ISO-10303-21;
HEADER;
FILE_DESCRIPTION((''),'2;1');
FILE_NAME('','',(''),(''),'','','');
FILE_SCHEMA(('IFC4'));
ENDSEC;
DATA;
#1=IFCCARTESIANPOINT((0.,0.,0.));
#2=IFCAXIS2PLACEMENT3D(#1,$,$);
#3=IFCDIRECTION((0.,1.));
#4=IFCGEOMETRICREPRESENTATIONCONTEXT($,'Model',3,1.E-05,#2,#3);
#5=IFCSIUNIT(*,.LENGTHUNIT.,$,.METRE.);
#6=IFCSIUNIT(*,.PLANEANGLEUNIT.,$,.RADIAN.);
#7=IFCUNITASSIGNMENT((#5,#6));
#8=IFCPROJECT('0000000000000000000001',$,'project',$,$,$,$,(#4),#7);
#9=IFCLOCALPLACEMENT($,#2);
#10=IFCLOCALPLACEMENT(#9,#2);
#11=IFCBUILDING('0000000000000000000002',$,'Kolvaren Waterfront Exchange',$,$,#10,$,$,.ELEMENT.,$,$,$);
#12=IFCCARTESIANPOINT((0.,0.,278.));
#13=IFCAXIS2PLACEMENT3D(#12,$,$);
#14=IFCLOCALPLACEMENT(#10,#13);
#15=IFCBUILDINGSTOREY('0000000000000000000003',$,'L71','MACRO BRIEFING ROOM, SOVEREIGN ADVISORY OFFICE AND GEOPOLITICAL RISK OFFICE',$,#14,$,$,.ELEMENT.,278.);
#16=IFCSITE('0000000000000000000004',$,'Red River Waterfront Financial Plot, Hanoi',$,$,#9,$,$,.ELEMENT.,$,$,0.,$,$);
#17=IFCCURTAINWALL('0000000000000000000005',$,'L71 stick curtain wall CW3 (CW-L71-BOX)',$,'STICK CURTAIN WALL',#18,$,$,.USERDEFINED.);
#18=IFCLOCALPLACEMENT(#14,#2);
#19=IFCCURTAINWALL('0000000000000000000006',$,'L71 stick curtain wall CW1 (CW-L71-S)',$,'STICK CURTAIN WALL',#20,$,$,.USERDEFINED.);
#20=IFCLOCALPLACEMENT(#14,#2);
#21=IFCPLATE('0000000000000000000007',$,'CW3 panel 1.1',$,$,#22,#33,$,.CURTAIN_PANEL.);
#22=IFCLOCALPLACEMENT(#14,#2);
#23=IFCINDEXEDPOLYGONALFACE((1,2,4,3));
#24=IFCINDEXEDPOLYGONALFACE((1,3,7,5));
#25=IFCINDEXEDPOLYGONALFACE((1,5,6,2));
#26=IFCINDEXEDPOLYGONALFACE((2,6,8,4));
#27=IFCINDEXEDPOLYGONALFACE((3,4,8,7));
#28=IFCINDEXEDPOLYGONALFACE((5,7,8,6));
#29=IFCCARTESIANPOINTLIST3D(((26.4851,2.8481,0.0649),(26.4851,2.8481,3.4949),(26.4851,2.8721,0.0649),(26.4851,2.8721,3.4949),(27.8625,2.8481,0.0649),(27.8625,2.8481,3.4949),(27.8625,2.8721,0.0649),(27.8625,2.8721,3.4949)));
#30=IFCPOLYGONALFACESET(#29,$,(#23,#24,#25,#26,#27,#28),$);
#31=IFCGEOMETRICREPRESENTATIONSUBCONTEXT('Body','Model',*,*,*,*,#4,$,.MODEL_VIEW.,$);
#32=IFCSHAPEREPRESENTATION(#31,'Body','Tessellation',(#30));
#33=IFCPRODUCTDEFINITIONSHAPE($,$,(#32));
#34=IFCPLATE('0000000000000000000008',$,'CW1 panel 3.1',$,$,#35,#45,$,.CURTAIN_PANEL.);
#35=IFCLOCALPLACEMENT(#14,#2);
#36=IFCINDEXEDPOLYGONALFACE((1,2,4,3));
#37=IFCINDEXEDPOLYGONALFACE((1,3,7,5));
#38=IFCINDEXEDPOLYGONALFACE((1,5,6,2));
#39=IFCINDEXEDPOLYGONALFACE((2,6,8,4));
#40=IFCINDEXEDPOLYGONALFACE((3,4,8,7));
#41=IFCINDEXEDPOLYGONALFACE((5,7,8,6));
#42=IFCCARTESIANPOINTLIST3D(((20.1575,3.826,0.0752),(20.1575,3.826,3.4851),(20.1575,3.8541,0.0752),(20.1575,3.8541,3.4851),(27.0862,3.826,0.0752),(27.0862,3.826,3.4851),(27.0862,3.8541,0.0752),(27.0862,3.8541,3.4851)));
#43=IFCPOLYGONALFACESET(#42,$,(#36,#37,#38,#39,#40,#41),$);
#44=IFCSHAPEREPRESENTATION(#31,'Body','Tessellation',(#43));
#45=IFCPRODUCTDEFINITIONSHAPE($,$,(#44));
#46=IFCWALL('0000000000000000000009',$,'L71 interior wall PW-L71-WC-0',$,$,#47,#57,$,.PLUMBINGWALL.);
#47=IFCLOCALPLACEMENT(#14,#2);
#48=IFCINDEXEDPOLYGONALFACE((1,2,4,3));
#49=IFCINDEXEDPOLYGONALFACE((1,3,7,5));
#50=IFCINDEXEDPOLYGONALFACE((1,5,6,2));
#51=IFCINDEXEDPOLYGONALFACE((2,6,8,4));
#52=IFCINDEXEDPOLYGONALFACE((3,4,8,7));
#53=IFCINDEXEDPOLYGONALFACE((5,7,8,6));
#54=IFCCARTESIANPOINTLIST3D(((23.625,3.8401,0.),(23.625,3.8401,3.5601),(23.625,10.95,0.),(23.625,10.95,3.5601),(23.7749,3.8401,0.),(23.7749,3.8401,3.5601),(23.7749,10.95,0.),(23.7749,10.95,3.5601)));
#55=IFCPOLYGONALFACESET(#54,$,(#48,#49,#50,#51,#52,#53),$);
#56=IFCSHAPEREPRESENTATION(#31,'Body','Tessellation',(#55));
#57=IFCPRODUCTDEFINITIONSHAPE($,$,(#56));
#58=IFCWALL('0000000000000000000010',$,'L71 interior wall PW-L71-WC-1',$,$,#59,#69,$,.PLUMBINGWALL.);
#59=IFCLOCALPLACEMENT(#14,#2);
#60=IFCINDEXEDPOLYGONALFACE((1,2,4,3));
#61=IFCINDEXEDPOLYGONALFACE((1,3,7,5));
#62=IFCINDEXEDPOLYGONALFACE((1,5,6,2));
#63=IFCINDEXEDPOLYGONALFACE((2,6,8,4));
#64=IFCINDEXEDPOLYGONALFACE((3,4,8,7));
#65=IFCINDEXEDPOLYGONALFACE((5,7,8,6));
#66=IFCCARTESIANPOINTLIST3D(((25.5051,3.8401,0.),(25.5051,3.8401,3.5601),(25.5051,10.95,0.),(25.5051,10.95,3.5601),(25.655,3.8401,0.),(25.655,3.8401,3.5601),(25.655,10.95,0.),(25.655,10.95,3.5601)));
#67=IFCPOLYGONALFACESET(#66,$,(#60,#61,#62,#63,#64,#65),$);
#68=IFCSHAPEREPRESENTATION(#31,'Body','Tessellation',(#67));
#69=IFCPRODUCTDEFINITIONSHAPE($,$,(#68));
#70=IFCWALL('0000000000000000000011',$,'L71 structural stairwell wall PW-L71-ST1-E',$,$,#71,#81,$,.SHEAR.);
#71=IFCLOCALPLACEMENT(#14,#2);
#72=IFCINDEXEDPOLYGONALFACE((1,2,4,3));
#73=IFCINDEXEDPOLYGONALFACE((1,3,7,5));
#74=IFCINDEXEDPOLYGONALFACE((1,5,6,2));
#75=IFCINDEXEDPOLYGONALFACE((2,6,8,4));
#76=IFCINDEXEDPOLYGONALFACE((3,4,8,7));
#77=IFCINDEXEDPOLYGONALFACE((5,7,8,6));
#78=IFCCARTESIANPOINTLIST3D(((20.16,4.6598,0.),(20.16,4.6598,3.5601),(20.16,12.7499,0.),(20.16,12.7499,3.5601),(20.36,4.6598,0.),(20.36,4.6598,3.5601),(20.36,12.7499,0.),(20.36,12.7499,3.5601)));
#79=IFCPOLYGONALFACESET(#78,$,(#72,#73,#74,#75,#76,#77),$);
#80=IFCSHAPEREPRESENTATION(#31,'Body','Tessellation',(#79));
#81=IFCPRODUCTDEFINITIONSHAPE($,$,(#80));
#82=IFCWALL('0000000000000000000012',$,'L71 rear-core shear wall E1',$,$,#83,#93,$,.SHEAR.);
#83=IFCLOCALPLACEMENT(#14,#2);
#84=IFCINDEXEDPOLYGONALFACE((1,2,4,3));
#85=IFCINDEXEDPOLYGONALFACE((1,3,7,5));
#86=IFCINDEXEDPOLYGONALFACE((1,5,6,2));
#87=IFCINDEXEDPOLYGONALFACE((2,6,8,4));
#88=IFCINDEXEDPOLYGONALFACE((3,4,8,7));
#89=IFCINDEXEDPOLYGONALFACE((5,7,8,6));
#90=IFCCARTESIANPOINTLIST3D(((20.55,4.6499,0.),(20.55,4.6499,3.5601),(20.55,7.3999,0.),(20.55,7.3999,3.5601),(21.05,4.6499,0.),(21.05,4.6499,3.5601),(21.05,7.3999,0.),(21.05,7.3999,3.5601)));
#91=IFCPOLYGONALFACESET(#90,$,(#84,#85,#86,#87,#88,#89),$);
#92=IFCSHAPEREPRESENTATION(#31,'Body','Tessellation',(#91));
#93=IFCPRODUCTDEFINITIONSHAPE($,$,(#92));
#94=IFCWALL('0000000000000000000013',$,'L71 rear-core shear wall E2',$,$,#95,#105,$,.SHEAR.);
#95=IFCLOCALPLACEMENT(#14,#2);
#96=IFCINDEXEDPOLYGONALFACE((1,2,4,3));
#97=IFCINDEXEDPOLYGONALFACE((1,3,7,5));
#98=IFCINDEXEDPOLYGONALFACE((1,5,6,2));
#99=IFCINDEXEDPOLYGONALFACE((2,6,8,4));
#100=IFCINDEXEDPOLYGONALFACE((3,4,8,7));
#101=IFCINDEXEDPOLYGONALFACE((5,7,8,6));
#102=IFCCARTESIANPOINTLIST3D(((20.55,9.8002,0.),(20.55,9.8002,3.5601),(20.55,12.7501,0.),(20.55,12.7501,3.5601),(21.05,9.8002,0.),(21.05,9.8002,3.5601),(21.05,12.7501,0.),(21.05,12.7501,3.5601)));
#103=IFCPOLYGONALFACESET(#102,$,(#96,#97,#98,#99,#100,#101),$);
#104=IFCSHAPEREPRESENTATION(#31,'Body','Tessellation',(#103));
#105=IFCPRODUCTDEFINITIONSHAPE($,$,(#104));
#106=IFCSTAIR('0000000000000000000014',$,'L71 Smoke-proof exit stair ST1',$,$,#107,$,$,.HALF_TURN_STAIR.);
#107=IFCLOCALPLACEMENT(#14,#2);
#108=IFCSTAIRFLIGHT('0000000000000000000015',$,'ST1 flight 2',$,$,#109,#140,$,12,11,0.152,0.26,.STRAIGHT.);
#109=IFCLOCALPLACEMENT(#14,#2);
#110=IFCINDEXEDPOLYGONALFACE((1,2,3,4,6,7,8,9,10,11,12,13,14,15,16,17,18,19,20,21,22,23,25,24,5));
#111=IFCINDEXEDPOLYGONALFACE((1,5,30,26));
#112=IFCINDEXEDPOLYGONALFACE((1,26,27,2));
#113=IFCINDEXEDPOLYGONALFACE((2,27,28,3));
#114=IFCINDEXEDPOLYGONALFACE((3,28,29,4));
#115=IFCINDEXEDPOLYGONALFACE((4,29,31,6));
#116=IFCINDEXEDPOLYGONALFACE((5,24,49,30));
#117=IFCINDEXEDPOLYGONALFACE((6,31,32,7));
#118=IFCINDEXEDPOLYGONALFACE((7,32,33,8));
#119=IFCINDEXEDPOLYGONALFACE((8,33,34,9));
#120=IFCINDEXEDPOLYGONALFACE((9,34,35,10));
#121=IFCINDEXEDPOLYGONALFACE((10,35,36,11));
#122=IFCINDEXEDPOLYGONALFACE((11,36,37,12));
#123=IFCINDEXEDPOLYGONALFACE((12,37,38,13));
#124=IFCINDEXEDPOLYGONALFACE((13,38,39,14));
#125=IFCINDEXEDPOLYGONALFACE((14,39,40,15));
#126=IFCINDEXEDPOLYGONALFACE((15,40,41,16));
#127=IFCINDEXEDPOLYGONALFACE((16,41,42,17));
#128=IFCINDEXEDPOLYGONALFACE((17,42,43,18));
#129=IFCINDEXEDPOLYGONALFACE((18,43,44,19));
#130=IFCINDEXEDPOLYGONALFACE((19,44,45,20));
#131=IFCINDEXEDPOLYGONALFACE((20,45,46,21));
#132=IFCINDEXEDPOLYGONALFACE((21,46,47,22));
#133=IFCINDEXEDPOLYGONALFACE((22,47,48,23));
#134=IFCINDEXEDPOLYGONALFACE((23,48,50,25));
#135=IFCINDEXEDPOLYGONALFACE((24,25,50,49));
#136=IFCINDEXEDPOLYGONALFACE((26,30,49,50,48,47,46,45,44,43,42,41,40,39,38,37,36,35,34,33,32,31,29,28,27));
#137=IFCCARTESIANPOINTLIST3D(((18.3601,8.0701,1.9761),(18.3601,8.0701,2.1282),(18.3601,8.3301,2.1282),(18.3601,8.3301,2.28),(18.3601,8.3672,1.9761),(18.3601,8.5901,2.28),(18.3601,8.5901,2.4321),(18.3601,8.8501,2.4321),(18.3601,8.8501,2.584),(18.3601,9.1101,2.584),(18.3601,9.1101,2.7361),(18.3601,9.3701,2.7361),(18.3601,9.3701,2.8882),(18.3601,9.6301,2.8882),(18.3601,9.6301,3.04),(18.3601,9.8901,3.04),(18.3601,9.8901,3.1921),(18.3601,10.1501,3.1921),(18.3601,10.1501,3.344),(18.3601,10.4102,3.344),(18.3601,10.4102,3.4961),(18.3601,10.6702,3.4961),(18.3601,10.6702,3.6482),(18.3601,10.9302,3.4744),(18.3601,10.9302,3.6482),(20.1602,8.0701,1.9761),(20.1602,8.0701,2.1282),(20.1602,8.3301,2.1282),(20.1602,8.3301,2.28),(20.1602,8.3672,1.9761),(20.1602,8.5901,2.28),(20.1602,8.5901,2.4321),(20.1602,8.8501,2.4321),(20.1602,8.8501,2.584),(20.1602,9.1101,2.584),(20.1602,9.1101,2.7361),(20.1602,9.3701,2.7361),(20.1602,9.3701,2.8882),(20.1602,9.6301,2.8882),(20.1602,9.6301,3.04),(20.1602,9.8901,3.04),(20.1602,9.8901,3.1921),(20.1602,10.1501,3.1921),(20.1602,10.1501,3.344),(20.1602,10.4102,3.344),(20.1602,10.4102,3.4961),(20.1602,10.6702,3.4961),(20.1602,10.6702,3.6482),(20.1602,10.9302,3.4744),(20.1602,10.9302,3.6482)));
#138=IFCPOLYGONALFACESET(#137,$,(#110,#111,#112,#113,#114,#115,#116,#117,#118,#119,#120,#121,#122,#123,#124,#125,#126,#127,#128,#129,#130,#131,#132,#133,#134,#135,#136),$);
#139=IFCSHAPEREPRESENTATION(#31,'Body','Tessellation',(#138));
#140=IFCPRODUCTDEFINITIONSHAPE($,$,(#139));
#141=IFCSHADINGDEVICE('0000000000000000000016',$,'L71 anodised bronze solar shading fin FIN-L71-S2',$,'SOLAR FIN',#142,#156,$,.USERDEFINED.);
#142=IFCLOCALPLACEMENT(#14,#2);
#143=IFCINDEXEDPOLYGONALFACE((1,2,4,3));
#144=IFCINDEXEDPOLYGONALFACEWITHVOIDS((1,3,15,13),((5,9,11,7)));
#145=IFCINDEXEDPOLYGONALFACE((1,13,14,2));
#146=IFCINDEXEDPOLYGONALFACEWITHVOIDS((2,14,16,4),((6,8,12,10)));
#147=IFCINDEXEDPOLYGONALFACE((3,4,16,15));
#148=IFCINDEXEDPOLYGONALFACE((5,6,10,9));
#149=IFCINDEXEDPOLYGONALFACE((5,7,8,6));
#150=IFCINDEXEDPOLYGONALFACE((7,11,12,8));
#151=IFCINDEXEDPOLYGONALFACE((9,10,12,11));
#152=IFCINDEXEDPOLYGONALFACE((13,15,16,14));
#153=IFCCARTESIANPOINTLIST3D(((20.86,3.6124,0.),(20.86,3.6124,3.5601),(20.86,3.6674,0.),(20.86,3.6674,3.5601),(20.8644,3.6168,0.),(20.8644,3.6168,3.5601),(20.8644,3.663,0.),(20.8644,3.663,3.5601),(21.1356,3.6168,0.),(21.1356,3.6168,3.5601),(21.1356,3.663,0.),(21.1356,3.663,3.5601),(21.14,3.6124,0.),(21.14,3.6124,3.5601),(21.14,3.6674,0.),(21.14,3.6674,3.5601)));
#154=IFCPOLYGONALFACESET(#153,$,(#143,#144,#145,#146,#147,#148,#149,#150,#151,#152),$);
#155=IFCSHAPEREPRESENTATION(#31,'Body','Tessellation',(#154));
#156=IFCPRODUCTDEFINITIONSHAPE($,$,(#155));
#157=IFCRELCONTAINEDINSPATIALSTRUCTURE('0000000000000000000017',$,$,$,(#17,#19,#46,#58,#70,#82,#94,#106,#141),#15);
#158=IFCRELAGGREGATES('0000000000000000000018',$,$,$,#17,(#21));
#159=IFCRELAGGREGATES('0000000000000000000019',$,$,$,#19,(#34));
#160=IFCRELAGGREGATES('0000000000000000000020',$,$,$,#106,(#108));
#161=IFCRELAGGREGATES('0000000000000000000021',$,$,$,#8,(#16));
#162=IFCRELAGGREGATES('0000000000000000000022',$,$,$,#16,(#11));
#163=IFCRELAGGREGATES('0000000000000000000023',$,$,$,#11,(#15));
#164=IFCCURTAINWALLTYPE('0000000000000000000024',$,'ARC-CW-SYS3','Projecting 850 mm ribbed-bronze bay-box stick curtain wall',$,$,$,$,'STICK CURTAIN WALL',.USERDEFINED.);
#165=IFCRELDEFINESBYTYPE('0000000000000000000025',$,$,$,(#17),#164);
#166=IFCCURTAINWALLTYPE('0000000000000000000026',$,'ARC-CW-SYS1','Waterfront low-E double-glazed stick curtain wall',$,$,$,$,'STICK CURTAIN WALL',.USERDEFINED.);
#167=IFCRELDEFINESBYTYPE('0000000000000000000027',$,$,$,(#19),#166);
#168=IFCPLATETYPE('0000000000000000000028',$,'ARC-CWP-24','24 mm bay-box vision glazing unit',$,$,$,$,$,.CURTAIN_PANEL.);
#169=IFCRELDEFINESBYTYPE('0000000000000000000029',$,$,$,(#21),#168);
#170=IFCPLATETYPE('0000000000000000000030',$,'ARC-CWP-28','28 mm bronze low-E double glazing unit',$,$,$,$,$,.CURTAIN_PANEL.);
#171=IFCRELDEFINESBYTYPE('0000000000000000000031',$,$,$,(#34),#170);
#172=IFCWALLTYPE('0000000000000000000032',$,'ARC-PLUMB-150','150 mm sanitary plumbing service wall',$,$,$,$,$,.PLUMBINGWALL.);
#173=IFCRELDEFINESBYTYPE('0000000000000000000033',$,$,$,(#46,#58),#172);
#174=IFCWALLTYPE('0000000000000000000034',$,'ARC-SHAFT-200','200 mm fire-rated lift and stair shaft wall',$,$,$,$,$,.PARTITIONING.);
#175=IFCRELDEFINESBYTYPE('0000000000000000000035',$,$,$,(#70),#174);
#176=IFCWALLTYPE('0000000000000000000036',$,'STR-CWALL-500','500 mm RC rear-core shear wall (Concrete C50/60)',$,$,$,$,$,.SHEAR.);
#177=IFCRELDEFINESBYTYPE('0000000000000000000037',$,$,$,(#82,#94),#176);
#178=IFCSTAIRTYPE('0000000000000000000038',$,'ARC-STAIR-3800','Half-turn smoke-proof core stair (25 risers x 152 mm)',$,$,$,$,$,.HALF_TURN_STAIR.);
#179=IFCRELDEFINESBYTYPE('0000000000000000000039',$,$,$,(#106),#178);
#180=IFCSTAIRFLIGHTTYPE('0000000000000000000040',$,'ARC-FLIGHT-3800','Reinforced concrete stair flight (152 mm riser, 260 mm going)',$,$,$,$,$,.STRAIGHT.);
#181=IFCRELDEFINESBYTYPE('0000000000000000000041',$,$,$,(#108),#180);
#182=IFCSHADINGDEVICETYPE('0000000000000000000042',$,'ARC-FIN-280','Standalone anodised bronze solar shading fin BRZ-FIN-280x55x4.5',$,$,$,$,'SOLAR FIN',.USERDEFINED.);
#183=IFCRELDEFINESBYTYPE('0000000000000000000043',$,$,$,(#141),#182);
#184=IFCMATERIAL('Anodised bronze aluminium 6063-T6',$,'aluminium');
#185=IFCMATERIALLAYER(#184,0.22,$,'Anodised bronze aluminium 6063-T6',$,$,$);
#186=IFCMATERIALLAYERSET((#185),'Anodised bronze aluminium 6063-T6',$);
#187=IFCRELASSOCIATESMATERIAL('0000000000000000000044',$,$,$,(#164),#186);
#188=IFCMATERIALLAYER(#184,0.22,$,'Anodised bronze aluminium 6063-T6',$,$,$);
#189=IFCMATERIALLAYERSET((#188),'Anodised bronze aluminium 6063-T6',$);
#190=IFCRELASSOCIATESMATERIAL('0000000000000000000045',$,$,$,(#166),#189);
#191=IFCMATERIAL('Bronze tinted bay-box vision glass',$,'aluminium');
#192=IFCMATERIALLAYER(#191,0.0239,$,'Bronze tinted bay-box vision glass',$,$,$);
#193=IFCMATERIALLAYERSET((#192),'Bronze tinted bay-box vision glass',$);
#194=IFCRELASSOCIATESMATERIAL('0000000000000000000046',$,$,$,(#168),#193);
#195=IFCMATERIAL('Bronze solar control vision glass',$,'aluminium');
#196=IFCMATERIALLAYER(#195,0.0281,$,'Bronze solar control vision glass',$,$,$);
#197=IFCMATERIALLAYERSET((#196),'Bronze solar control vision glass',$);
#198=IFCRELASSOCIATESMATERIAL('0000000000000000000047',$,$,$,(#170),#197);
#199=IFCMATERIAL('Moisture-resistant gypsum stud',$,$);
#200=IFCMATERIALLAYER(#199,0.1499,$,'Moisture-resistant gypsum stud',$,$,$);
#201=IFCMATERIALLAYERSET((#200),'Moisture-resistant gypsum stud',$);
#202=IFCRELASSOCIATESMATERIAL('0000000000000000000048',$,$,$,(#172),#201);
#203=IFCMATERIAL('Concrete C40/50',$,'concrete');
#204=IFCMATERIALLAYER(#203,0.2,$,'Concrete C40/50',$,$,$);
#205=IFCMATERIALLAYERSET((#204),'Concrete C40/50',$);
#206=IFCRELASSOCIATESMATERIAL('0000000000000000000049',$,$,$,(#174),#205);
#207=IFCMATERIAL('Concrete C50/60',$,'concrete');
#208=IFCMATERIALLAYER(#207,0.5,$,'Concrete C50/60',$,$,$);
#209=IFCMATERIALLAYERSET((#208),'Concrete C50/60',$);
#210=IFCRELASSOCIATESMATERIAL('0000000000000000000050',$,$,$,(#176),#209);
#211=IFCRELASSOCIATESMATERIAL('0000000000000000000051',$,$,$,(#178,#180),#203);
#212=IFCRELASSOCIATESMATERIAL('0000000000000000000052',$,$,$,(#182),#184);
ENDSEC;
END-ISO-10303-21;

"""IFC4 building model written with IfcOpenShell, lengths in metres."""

from ifc_helpers import new_model, si_unit, direction, frame, frame_2d, origin, origin_with_axes, origin_2d, place, context, subcontext, project, spatial, polyline, rectangle, hollow_rectangle, outline, extrude, source, transform, mapped, material, layer, layer_set, material_profile, profile_set, type_object, element, aggregate, save


model = new_model("IFC4")

# Units and contexts
model_context = context("Model", 3, precision=1e-05, world=origin(), true_north=direction((0.0, 1.0)))
body_context = subcontext(model_context, "Body", "Model", "MODEL_VIEW")
ifc_project = project(units=[si_unit("LENGTHUNIT", "METRE"), si_unit("PLANEANGLEUNIT", "RADIAN")], contexts=[model_context])

# Site, building, storey
site_placement = place(None, origin())
site = spatial("IfcSite", under=ifc_project, at=site_placement, Name="Red River Waterfront Financial Plot, Hanoi", CompositionType="ELEMENT", RefElevation=0.0)
building_placement = place(site_placement, origin())
building = spatial("IfcBuilding", under=site, at=building_placement, Name="Kolvaren Waterfront Exchange", CompositionType="ELEMENT")
storey_placement = place(building_placement, frame((0.0, 0.0, 278.0)))
storey = spatial("IfcBuildingStorey", under=building, at=storey_placement, Name="L71", Description="MACRO BRIEFING ROOM, SOVEREIGN ADVISORY OFFICE AND GEOPOLITICAL RISK OFFICE", CompositionType="ELEMENT", Elevation=278.0)

# Shared definitions
ifc_material_1 = material(Name="Concrete C50/60", Category="concrete")

# Curtain wall
ifc_material_2 = material(Name="Anodised bronze aluminium 6063-T6", Category="aluminium")
ifc_layer_1 = layer(ifc_material_2, 0.22, Name="Anodised bronze aluminium 6063-T6")
ifc_layer_set_1 = layer_set([ifc_layer_1], Name="Anodised bronze aluminium 6063-T6")
curtain_wall_type_1 = type_object("IfcCurtainWallType", Name="ARC-CW-SYS3", Description="Projecting 850 mm ribbed-bronze bay-box stick curtain wall", ElementType="STICK CURTAIN WALL", PredefinedType="USERDEFINED", material=ifc_layer_set_1)
curtain_wall_1_placement = place(storey_placement, origin())
curtain_wall_1 = element("IfcCurtainWall", 1, at=curtain_wall_1_placement, inside=storey, type_object=curtain_wall_type_1, Name="L71 stick curtain wall CW3 (CW-L71-BOX)", ObjectType="STICK CURTAIN WALL", PredefinedType="USERDEFINED")

# Curtain wall
ifc_layer_2 = layer(ifc_material_2, 0.22, Name="Anodised bronze aluminium 6063-T6")
ifc_layer_set_2 = layer_set([ifc_layer_2], Name="Anodised bronze aluminium 6063-T6")
curtain_wall_type_2 = type_object("IfcCurtainWallType", Name="ARC-CW-SYS1", Description="Waterfront low-E double-glazed stick curtain wall", ElementType="STICK CURTAIN WALL", PredefinedType="USERDEFINED", material=ifc_layer_set_2)
curtain_wall_2_placement = place(storey_placement, origin())
curtain_wall_2 = element("IfcCurtainWall", 2, at=curtain_wall_2_placement, inside=storey, type_object=curtain_wall_type_2, Name="L71 stick curtain wall CW1 (CW-L71-S)", ObjectType="STICK CURTAIN WALL", PredefinedType="USERDEFINED")

# Plates
ifc_material_3 = material(Name="Bronze tinted bay-box vision glass", Category="aluminium")
ifc_layer_3 = layer(ifc_material_3, 0.0239, Name="Bronze tinted bay-box vision glass")
ifc_layer_set_3 = layer_set([ifc_layer_3], Name="Bronze tinted bay-box vision glass")
plate_type_1 = type_object("IfcPlateType", Name="ARC-CWP-24", Description="24 mm bay-box vision glazing unit", PredefinedType="CURTAIN_PANEL", material=ifc_layer_set_3)
shared_shape_1 = source(origin_with_axes(), body_context, "Body", "SweptSolid", [
    extrude(rectangle(XDim=1.3774, YDim=0.0239, at=origin_2d()), origin(), (0.0, 0.0, 1.0), 3.4299),
])
plate_1_placement = place(storey_placement, frame((27.1738, 2.8601, 0.0649), z_axis=(0.0, 0.0, 1.0), x_axis=(1.0, 0.0, 0.0)))
plate_1 = element("IfcPlate", 3, at=plate_1_placement, type_object=plate_type_1, Name="CW3 panel 1.1", PredefinedType="CURTAIN_PANEL", context=body_context, shape_type="MappedRepresentation", body=[
    mapped(shared_shape_1, transform((0.0, 0.0, 0.0), x_axis=(1.0, 0.0, 0.0), y_axis=(0.0, 1.0, 0.0), z_axis=(0.0, 0.0, 1.0), scale=1.0)),
])
aggregate(curtain_wall_1, [plate_1])
ifc_material_4 = material(Name="Bronze solar control vision glass", Category="aluminium")
ifc_layer_4 = layer(ifc_material_4, 0.0281, Name="Bronze solar control vision glass")
ifc_layer_set_4 = layer_set([ifc_layer_4], Name="Bronze solar control vision glass")
plate_type_2 = type_object("IfcPlateType", Name="ARC-CWP-28", Description="28 mm bronze low-E double glazing unit", PredefinedType="CURTAIN_PANEL", material=ifc_layer_set_4)
shared_shape_2 = source(origin_with_axes(), body_context, "Body", "SweptSolid", [
    extrude(rectangle(XDim=6.9287, YDim=0.0281, at=origin_2d()), origin(), (0.0, 0.0, 1.0), 3.4099),
])
plate_2_placement = place(storey_placement, frame((23.6218, 3.8401, 0.0752), z_axis=(0.0, 0.0, 1.0), x_axis=(1.0, 0.0, 0.0)))
plate_2 = element("IfcPlate", 4, at=plate_2_placement, type_object=plate_type_2, Name="CW1 panel 3.1", PredefinedType="CURTAIN_PANEL", context=body_context, shape_type="MappedRepresentation", body=[
    mapped(shared_shape_2, transform((0.0, 0.0, 0.0), x_axis=(1.0, 0.0, 0.0), y_axis=(0.0, 1.0, 0.0), z_axis=(0.0, 0.0, 1.0), scale=1.0)),
])
aggregate(curtain_wall_2, [plate_2])

# Walls
ifc_material_5 = material(Name="Moisture-resistant gypsum stud")
ifc_layer_5 = layer(ifc_material_5, 0.1499, Name="Moisture-resistant gypsum stud")
ifc_layer_set_5 = layer_set([ifc_layer_5], Name="Moisture-resistant gypsum stud")
wall_type_1 = type_object("IfcWallType", Name="ARC-PLUMB-150", Description="150 mm sanitary plumbing service wall", PredefinedType="PLUMBINGWALL", material=ifc_layer_set_5)
for number, where, z_axis, x_axis, name in (
    (5, (23.7, 3.8401, 0.0), (0.0, 0.0, 1.0), (0.0, 1.0, 0.0), "L71 interior wall PW-L71-WC-0"),
    (6, (25.5801, 3.8401, 0.0), (0.0, 0.0, 1.0), (0.0, 1.0, 0.0), "L71 interior wall PW-L71-WC-1"),
):
    element("IfcWall", number, at=place(storey_placement, frame(where, z_axis=z_axis, x_axis=x_axis)), inside=storey, type_object=wall_type_1, Name=name, PredefinedType="PLUMBINGWALL", context=body_context, shape_type="SweptSolid", body=[
        extrude(rectangle(XDim=7.1099, YDim=0.1499, at=frame_2d((3.5549, 0.0))), origin(), (0.0, 0.0, 1.0), 3.5601),
    ])
ifc_material_6 = material(Name="Concrete C40/50", Category="concrete")
ifc_layer_6 = layer(ifc_material_6, 0.2, Name="Concrete C40/50")
ifc_layer_set_6 = layer_set([ifc_layer_6], Name="Concrete C40/50")
wall_type_2 = type_object("IfcWallType", Name="ARC-SHAFT-200", Description="200 mm fire-rated lift and stair shaft wall", PredefinedType="PARTITIONING", material=ifc_layer_set_6)
wall_1_placement = place(storey_placement, frame((20.26, 4.6599, 0.0), z_axis=(0.0, 0.0, 1.0), x_axis=(0.0, 1.0, 0.0)))
element("IfcWall", 7, at=wall_1_placement, inside=storey, type_object=wall_type_2, Name="L71 structural stairwell wall PW-L71-ST1-E", PredefinedType="SHEAR", context=body_context, shape_type="SweptSolid", body=[
    extrude(rectangle(XDim=8.0901, YDim=0.2, at=frame_2d((4.0449, 0.0))), origin(), (0.0, 0.0, 1.0), 3.5601),
])
ifc_layer_7 = layer(ifc_material_1, 0.5, Name="Concrete C50/60")
ifc_layer_set_7 = layer_set([ifc_layer_7], Name="Concrete C50/60")
wall_type_3 = type_object("IfcWallType", Name="STR-CWALL-500", Description="500 mm RC rear-core shear wall (Concrete C50/60)", PredefinedType="SHEAR", material=ifc_layer_set_7)
wall_2_placement = place(storey_placement, frame((20.8, 4.6499, 0.0), z_axis=(0.0, 0.0, 1.0), x_axis=(0.0, 1.0, 0.0)))
element("IfcWall", 8, at=wall_2_placement, inside=storey, type_object=wall_type_3, Name="L71 rear-core shear wall E1", PredefinedType="SHEAR", context=body_context, shape_type="SweptSolid", body=[
    extrude(rectangle(XDim=2.75, YDim=0.5, at=frame_2d((1.375, 0.0))), origin(), (0.0, 0.0, 1.0), 3.5601),
])
wall_3_placement = place(storey_placement, frame((20.8, 9.8, 0.0), z_axis=(0.0, 0.0, 1.0), x_axis=(0.0, 1.0, 0.0)))
element("IfcWall", 9, at=wall_3_placement, inside=storey, type_object=wall_type_3, Name="L71 rear-core shear wall E2", PredefinedType="SHEAR", context=body_context, shape_type="SweptSolid", body=[
    extrude(rectangle(XDim=2.95, YDim=0.5, at=frame_2d((1.4751, 0.0))), origin(), (0.0, 0.0, 1.0), 3.5601),
])

# Stair, stair flight
stair_type = type_object("IfcStairType", Name="ARC-STAIR-3800", Description="Half-turn smoke-proof core stair (25 risers x 152 mm)", PredefinedType="HALF_TURN_STAIR", material=ifc_material_6)
stair_placement = place(storey_placement, origin())
stair = element("IfcStair", 10, at=stair_placement, inside=storey, type_object=stair_type, Name="L71 Smoke-proof exit stair ST1", PredefinedType="HALF_TURN_STAIR")
stair_flight_type = type_object("IfcStairFlightType", Name="ARC-FLIGHT-3800", Description="Reinforced concrete stair flight (152 mm riser, 260 mm going)", PredefinedType="STRAIGHT", material=ifc_material_6)
stair_flight_placement = place(storey_placement, frame((19.26, 8.0701, 1.9761), z_axis=(0.0, 0.0, 1.0), x_axis=(0.0, 1.0, 0.0)))
stair_flight = element("IfcStairFlight", 11, at=stair_flight_placement, type_object=stair_flight_type, Name="ST1 flight 2", NumberOfRisers=12, NumberOfTreads=11, PredefinedType="STRAIGHT", RiserHeight=0.152, TreadLength=0.26, context=body_context, shape_type="SweptSolid", body=[
    extrude(outline(polyline([(0.0, 0.0), (0.0, 0.1521), (0.26, 0.1521), (0.26, 0.304), (0.52, 0.304), (0.52, 0.4561), (0.78, 0.4561), (0.78, 0.6079), (1.04, 0.6079), (1.04, 0.76), (1.3, 0.76), (1.3, 0.9121), (1.5601, 0.9121), (1.5601, 1.064), (1.8201, 1.064), (1.8201, 1.2161), (2.0801, 1.2161), (2.0801, 1.3679), (2.3401, 1.3679), (2.3401, 1.52), (2.6001, 1.52), (2.6001, 1.6721), (2.8601, 1.6721), (2.8601, 1.824), (2.8601, 1.4983), (0.2971, 0.0), (0.0, 0.0)])), frame((0.0, 0.8999, 0.0), z_axis=(0.0, -1.0, 0.0), x_axis=(1.0, 0.0, 0.0)), (0.0, 0.0, 1.0), 1.8),
])
aggregate(stair, [stair_flight])

# Shading device
ifc_material_profile_1 = material_profile(ifc_material_2, hollow_rectangle(XDim=0.0549, YDim=0.28, WallThickness=0.0044, at=origin_2d()), Name="BRZ-FIN-280x55x4.5")
ifc_profile_set_1 = profile_set([ifc_material_profile_1], Name="Anodised bronze aluminium 6063-T6")
shading_device_type = type_object("IfcShadingDeviceType", Name="ARC-FIN-280", Description="Standalone anodised bronze solar shading fin BRZ-FIN-280x55x4.5", ElementType="SOLAR FIN", PredefinedType="USERDEFINED", material=ifc_profile_set_1)
shading_device_placement = place(storey_placement, frame((21.0, 3.6399, 0.0), z_axis=(0.0, 0.0, 1.0), x_axis=(0.0, -1.0, 0.0)))
element("IfcShadingDevice", 12, at=shading_device_placement, inside=storey, type_object=shading_device_type, Name="L71 anodised bronze solar shading fin FIN-L71-S2", ObjectType="SOLAR FIN", PredefinedType="USERDEFINED", context=body_context, shape_type="SweptSolid", body=[
    extrude(hollow_rectangle(XDim=0.0549, YDim=0.28, WallThickness=0.0044, at=origin_2d()), origin(), (0.0, 0.0, 1.0), 3.5601),
])

save(model, "model.ifc")
